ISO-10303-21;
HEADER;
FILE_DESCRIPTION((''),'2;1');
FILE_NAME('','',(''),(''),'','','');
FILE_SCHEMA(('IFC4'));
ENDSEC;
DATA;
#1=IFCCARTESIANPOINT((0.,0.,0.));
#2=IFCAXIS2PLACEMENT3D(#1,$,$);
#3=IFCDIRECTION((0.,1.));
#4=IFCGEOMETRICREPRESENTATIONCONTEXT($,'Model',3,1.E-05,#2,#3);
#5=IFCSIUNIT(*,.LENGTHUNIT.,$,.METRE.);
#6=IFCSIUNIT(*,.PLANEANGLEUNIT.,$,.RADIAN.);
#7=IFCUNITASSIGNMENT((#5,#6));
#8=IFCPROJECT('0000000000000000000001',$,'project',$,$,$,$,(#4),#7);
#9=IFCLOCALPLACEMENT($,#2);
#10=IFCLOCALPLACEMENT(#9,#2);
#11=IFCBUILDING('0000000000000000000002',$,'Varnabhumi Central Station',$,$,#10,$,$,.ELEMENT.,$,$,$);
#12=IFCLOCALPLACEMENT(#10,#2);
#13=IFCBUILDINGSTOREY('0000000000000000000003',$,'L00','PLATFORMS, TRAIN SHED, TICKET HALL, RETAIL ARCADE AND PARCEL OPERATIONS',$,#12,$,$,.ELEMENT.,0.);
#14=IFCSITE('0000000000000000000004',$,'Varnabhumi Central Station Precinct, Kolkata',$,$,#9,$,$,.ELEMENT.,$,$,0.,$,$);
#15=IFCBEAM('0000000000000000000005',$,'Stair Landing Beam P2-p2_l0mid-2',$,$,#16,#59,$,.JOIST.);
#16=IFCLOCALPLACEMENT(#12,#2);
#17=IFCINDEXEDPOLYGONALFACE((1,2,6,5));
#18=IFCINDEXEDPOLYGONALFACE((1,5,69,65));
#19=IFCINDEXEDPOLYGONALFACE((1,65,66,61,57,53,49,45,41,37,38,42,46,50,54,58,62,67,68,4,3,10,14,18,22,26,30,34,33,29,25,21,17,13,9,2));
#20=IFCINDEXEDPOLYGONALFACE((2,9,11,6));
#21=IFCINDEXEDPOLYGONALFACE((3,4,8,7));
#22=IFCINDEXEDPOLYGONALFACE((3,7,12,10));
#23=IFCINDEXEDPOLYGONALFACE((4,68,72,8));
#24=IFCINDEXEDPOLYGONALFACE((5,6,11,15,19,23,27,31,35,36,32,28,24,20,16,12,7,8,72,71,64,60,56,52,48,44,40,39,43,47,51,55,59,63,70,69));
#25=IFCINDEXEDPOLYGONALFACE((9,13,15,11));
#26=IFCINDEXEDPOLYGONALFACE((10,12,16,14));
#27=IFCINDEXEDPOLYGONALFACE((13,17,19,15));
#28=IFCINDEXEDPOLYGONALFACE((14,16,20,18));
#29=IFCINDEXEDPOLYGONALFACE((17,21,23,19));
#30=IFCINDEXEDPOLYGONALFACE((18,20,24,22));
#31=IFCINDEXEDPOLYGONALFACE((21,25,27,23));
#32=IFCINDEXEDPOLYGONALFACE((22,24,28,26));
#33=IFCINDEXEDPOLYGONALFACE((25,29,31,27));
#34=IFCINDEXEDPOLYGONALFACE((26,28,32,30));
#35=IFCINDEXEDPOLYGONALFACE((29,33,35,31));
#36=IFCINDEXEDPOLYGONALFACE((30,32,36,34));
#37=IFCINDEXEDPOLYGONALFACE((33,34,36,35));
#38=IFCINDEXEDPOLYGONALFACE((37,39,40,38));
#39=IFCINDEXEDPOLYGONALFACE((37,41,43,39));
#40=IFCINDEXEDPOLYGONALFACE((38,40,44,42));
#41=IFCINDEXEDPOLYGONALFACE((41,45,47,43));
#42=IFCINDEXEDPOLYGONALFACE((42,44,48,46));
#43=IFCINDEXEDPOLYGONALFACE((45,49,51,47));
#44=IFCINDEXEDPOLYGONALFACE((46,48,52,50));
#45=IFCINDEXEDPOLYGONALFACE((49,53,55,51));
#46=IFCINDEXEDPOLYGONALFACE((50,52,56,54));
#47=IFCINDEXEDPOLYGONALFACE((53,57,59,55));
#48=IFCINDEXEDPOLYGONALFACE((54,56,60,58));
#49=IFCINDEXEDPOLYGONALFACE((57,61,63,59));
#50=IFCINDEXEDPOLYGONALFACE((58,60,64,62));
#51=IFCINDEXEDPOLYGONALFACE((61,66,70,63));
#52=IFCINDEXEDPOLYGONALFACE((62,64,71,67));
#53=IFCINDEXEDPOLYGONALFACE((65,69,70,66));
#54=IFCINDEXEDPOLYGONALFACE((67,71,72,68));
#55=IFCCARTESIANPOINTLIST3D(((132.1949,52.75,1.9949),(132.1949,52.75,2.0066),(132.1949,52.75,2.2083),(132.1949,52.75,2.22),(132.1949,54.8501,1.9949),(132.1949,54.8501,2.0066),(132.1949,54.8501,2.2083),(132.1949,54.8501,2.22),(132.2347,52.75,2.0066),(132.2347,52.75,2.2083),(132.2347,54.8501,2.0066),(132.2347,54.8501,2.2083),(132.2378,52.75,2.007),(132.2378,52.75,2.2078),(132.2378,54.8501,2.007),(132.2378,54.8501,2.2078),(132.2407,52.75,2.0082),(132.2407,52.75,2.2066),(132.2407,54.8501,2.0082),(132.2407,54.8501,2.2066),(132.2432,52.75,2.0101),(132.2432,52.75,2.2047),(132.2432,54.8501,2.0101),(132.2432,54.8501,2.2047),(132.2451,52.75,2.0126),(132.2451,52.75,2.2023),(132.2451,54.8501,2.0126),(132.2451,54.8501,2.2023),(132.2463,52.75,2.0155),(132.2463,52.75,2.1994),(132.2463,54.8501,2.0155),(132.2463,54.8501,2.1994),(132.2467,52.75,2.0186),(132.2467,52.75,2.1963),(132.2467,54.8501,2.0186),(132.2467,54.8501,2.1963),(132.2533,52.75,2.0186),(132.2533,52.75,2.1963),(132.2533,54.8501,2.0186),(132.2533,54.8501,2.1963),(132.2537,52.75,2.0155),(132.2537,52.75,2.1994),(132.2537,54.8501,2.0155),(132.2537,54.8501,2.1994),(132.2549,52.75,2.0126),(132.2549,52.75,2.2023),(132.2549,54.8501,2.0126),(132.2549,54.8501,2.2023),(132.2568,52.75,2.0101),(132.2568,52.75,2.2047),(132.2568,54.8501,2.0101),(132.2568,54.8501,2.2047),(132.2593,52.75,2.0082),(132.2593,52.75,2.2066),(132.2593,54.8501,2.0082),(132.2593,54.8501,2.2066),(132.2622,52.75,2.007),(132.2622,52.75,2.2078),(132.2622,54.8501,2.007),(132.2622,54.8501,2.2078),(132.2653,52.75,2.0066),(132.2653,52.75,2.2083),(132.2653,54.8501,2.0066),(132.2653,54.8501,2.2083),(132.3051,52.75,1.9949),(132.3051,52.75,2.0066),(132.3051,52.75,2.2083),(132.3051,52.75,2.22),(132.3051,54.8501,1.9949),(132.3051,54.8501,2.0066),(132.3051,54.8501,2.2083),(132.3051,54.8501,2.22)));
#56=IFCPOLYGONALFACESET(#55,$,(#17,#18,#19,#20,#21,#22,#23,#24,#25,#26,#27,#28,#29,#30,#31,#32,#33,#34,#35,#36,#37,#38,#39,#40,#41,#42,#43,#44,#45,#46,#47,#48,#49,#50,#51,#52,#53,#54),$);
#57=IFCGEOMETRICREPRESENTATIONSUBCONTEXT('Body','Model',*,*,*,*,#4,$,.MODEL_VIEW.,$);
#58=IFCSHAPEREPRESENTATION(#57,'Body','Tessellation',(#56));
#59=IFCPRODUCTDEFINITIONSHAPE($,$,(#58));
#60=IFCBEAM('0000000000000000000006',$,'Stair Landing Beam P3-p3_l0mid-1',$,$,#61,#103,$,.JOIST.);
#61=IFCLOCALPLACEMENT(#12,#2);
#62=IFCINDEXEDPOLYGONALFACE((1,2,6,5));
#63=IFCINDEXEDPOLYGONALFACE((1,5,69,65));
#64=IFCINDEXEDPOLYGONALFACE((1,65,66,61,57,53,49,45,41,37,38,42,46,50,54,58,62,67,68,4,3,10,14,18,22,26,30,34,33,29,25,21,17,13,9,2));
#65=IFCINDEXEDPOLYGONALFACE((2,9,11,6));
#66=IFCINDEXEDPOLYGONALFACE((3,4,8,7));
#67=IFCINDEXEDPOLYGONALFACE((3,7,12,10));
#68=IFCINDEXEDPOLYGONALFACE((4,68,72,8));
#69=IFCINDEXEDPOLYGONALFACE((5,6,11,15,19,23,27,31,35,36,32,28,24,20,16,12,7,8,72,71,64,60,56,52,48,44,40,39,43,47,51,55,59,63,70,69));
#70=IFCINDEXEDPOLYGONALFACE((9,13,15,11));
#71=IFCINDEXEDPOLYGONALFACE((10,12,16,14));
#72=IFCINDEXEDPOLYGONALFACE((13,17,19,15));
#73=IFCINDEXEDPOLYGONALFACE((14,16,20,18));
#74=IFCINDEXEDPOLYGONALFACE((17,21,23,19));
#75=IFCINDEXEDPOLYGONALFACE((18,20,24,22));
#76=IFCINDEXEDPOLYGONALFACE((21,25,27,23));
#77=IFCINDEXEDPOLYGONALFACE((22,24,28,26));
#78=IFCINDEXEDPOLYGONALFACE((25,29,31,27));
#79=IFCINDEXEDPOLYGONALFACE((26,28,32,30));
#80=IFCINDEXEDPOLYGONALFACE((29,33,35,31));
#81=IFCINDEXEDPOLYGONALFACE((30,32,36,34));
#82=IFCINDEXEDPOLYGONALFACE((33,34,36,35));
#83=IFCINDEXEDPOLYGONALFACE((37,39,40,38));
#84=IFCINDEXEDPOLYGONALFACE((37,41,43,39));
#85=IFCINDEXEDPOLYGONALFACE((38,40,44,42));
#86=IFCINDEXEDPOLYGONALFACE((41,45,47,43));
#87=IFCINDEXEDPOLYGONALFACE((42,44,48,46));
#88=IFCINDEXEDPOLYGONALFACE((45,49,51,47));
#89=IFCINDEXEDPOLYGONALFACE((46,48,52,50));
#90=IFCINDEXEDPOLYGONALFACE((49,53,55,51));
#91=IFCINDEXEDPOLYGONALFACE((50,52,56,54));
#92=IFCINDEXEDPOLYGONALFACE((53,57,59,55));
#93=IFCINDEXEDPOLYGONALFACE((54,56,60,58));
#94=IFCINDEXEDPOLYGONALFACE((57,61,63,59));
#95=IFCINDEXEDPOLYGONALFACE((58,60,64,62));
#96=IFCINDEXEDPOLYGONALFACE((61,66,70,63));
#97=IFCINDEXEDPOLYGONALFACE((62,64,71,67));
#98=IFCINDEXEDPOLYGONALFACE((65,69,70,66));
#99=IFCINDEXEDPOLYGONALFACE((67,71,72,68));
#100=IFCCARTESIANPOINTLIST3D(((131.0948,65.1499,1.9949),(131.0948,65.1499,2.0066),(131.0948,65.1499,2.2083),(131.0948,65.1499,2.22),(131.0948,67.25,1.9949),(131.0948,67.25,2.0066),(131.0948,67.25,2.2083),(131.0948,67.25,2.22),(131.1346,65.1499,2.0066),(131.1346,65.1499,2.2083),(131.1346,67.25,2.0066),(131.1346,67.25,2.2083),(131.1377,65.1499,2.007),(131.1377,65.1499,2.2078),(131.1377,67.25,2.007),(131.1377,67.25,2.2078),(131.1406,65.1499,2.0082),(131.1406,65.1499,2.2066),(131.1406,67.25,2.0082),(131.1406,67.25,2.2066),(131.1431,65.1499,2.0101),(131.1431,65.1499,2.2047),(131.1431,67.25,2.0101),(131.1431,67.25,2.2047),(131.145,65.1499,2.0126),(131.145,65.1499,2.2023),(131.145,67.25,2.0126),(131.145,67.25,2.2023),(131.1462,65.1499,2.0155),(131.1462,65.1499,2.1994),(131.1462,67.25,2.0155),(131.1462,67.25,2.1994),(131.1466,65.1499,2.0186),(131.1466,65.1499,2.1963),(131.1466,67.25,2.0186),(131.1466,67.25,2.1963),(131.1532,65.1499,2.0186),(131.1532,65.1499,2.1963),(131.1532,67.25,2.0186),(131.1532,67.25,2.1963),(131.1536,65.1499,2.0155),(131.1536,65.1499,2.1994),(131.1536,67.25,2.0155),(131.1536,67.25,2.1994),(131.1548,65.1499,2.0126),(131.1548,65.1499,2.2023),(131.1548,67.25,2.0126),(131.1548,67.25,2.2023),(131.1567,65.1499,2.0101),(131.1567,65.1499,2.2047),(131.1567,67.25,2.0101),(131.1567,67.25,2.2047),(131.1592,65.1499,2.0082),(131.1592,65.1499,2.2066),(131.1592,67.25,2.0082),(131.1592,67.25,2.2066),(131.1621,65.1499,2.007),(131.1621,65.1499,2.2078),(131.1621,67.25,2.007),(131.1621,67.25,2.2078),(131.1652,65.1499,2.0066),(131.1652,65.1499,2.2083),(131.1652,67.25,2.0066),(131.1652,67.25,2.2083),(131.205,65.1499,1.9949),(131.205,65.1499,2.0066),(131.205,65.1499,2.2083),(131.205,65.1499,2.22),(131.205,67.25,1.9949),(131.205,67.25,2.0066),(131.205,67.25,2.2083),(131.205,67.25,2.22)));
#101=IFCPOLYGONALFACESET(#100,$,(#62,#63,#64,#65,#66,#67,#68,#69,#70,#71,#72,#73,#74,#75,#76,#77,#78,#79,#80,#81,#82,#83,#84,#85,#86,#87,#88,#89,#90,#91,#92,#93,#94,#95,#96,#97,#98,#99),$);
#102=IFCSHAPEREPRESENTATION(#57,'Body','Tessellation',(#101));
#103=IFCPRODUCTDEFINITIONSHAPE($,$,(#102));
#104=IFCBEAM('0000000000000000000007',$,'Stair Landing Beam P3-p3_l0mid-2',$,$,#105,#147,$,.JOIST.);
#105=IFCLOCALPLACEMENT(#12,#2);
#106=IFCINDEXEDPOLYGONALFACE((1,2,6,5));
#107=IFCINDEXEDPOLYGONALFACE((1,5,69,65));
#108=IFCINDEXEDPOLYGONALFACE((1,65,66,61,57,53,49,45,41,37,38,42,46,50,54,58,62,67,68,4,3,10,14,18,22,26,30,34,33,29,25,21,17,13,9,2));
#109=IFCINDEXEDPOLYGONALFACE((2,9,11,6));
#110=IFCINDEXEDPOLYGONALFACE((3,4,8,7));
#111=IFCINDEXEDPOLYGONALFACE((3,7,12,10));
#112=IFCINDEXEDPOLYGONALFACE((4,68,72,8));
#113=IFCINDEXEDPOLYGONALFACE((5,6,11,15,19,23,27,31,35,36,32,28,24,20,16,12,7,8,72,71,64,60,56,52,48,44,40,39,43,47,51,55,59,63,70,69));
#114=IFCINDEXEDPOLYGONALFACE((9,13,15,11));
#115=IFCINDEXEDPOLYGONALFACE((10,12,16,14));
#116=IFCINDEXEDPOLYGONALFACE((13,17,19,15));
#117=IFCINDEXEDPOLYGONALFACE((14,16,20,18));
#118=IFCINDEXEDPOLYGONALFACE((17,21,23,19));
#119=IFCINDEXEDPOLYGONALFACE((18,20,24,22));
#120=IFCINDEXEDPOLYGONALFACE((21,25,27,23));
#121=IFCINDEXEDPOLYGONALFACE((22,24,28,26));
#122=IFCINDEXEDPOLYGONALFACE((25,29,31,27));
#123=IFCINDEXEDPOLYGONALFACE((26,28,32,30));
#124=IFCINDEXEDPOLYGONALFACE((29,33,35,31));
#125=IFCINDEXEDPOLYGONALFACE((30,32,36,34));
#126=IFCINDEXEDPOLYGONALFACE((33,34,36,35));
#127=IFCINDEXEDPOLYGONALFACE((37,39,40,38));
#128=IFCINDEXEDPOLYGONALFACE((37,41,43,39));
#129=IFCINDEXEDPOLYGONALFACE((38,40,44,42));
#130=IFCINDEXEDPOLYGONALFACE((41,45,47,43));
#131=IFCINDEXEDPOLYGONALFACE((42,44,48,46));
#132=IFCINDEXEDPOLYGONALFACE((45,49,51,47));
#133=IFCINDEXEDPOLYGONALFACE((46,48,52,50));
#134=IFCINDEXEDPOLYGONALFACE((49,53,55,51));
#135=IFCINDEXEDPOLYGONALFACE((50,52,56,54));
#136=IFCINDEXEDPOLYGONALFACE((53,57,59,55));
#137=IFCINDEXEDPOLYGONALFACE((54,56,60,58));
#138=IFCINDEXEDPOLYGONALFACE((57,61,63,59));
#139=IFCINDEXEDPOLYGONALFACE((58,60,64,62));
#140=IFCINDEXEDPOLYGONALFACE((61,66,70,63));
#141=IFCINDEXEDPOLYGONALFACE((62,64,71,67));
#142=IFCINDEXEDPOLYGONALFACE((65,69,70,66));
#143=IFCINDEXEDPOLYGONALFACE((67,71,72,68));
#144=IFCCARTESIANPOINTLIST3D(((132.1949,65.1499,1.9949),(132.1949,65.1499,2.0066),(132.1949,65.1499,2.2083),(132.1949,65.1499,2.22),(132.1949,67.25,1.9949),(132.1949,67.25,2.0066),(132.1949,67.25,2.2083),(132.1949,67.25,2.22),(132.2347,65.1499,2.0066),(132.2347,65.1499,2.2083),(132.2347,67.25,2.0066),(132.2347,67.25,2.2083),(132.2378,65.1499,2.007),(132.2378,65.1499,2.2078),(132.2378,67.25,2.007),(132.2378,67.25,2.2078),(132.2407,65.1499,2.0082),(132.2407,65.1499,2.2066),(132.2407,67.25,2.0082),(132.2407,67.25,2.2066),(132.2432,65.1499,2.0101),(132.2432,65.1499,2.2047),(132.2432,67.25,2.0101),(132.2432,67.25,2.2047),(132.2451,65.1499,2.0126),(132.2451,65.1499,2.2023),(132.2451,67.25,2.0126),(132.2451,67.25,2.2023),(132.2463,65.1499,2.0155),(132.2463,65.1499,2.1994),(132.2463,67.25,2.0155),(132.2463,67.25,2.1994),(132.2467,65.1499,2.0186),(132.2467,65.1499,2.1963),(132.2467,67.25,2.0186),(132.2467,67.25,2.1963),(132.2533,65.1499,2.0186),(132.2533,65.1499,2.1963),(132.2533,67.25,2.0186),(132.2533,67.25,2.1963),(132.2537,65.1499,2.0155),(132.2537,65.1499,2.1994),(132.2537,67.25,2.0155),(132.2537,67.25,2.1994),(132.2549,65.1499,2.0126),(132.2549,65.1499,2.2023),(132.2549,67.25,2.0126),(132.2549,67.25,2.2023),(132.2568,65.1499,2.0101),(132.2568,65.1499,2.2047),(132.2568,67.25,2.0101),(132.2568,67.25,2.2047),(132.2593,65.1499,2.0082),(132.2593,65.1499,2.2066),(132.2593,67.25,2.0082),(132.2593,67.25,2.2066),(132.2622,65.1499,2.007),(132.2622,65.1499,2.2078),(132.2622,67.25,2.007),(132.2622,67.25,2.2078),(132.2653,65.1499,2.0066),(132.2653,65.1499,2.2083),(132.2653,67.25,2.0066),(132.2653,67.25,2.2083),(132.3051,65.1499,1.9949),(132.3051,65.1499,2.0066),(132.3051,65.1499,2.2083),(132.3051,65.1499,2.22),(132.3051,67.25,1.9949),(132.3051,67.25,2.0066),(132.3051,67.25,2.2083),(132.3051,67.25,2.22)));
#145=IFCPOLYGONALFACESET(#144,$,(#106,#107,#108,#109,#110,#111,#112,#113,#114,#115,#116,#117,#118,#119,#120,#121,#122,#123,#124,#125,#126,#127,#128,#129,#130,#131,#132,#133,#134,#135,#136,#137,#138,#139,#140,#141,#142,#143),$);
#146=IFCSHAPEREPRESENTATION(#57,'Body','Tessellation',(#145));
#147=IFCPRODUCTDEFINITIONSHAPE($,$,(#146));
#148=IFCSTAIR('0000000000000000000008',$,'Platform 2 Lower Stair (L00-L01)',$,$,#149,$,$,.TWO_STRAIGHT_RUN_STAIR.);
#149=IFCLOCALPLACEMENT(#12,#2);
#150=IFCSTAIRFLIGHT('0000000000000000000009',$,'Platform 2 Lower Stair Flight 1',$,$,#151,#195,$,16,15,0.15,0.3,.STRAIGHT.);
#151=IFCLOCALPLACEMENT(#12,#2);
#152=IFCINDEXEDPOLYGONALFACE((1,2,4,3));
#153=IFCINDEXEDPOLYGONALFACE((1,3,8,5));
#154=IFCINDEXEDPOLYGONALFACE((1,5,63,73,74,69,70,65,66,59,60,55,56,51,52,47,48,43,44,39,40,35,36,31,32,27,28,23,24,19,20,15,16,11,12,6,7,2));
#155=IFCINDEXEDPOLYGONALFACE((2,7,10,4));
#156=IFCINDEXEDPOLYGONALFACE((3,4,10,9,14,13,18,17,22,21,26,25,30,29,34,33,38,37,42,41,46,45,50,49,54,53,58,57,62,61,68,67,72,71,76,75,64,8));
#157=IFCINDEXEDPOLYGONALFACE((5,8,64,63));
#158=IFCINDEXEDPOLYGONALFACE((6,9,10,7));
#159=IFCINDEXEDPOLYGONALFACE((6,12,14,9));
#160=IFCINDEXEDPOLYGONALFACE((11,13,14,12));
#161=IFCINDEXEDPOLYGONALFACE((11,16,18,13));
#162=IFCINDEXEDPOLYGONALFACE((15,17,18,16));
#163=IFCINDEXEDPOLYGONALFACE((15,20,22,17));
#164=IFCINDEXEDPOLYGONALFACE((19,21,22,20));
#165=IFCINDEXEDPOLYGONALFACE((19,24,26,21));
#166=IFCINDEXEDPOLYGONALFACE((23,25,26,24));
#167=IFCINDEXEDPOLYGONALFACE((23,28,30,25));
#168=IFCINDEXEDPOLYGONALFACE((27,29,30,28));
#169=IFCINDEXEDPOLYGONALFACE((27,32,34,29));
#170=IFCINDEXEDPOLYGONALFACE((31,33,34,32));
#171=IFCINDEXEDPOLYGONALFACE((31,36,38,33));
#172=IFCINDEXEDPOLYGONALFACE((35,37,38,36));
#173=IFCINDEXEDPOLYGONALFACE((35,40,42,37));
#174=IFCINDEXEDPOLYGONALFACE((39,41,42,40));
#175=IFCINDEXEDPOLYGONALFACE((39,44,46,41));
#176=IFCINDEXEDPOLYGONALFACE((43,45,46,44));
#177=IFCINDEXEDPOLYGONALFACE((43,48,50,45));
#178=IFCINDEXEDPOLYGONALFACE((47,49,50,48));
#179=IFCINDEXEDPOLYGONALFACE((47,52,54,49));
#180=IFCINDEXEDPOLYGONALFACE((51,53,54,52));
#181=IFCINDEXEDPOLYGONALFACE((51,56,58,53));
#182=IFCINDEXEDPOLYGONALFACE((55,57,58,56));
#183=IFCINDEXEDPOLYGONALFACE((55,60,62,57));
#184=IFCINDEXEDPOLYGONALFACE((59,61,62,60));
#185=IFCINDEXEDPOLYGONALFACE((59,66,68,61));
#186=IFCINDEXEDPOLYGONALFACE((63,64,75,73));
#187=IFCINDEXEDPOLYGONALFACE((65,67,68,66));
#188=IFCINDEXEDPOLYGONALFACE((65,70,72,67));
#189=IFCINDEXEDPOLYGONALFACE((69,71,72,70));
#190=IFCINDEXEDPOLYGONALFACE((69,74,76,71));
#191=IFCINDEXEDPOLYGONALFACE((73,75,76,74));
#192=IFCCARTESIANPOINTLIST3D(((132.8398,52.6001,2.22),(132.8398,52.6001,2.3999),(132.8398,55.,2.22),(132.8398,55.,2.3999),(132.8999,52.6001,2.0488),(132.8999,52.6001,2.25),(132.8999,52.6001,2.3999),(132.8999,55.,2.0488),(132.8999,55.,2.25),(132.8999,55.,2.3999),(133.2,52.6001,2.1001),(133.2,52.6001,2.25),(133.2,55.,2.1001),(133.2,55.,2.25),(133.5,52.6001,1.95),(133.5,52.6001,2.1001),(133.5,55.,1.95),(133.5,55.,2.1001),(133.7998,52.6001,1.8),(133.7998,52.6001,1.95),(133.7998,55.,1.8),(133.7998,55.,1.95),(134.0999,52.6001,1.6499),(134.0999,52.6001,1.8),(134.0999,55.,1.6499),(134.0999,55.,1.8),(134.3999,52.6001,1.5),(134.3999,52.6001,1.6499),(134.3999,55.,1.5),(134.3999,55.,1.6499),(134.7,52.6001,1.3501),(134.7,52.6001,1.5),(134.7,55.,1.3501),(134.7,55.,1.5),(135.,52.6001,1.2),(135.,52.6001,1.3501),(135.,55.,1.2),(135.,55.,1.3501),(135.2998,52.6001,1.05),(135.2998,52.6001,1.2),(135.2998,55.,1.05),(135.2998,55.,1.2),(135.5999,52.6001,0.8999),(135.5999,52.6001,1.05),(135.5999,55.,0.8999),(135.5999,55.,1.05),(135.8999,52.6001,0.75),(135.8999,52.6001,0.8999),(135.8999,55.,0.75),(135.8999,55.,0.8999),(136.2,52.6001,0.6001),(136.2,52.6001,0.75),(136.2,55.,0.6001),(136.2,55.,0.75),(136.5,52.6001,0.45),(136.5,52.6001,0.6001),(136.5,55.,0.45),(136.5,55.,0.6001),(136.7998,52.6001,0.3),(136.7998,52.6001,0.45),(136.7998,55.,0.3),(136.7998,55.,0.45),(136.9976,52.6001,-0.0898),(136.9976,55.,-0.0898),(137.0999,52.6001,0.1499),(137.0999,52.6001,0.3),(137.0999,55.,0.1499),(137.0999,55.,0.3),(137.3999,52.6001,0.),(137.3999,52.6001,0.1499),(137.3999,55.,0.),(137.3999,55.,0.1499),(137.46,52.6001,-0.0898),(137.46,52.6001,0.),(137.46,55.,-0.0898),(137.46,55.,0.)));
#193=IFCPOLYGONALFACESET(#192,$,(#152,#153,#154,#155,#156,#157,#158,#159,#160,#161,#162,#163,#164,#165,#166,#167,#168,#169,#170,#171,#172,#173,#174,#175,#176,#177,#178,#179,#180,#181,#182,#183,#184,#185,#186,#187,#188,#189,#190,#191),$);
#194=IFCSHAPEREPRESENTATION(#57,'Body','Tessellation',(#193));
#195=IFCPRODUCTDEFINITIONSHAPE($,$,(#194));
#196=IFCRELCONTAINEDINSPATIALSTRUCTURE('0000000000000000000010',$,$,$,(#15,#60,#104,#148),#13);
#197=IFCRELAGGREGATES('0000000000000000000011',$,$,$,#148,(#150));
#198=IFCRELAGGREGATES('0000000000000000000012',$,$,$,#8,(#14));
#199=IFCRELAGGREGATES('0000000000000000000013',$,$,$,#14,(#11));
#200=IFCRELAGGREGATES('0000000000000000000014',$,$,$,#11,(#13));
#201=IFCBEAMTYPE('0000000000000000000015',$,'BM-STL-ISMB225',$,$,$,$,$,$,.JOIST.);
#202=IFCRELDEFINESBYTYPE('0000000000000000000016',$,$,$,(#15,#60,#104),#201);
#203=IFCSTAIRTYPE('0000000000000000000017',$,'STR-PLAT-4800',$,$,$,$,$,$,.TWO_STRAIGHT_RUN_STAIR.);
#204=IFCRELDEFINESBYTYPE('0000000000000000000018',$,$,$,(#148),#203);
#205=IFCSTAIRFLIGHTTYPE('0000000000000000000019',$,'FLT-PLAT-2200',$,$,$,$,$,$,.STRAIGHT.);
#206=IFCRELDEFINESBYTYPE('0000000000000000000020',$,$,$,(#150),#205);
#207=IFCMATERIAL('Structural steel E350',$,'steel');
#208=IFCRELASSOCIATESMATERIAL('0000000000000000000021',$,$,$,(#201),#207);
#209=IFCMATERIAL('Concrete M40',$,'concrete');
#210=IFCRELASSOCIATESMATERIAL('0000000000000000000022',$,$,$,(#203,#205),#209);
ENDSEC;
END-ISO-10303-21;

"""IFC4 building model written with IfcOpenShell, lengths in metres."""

from ifc_helpers import new_model, si_unit, direction, frame, origin, origin_2d, place, context, subcontext, project, spatial, polyline, i_section, outline, extrude, material, material_profile, profile_set, type_object, element, aggregate, save


model = new_model("IFC4")

# Units and contexts
model_context = context("Model", 3, precision=1e-05, world=origin(), true_north=direction((0.0, 1.0)))
body_context = subcontext(model_context, "Body", "Model", "MODEL_VIEW")
ifc_project = project(units=[si_unit("LENGTHUNIT", "METRE"), si_unit("PLANEANGLEUNIT", "RADIAN")], contexts=[model_context])

# Site, building, storey
site_placement = place(None, origin())
site = spatial("IfcSite", under=ifc_project, at=site_placement, Name="Varnabhumi Central Station Precinct, Kolkata", CompositionType="ELEMENT", RefElevation=0.0)
building_placement = place(site_placement, origin())
building = spatial("IfcBuilding", under=site, at=building_placement, Name="Varnabhumi Central Station", CompositionType="ELEMENT")
storey_placement = place(building_placement, origin())
storey = spatial("IfcBuildingStorey", under=building, at=storey_placement, Name="L00", Description="PLATFORMS, TRAIN SHED, TICKET HALL, RETAIL ARCADE AND PARCEL OPERATIONS", CompositionType="ELEMENT", Elevation=0.0)

# Shared definitions
ifc_material_1 = material(Name="Concrete M40", Category="concrete")

# Shared definitions
ifc_material_2 = material(Name="Structural steel E350", Category="steel")

# Beams
ifc_material_profile_1 = material_profile(ifc_material_2, i_section(OverallWidth=0.1101, OverallDepth=0.2251, WebThickness=0.0066, FlangeThickness=0.0117, FilletRadius=0.012, at=origin_2d()), Name="Structural steel E350", Category="steel")
ifc_profile_set_1 = profile_set([ifc_material_profile_1], Name="Structural steel E350")
beam_type = type_object("IfcBeamType", Name="BM-STL-ISMB225", PredefinedType="JOIST", material=ifc_profile_set_1)
for number, where, z_axis, x_axis, name in (
    (1, (132.25, 52.75, 2.1074), (0.0, 1.0, 0.0), (-1.0, 0.0, 0.0), "Stair Landing Beam P2-p2_l0mid-2"),
    (2, (131.1499, 65.1499, 2.1074), (0.0, 1.0, 0.0), (-1.0, 0.0, 0.0), "Stair Landing Beam P3-p3_l0mid-1"),
    (3, (132.25, 65.1499, 2.1074), (0.0, 1.0, 0.0), (-1.0, 0.0, 0.0), "Stair Landing Beam P3-p3_l0mid-2"),
):
    element("IfcBeam", number, at=place(storey_placement, frame(where, z_axis=z_axis, x_axis=x_axis)), inside=storey, type_object=beam_type, Name=name, PredefinedType="JOIST", context=body_context, shape_type="SweptSolid", body=[
        extrude(i_section(OverallWidth=0.1101, OverallDepth=0.2251, WebThickness=0.0066, FlangeThickness=0.0117, FilletRadius=0.012, at=origin_2d()), origin(), (0.0, 0.0, 1.0), 2.1001),
    ])

# Stair, stair flight
stair_type = type_object("IfcStairType", Name="STR-PLAT-4800", PredefinedType="TWO_STRAIGHT_RUN_STAIR", material=ifc_material_1)
stair_1_placement = place(storey_placement, origin())
stair_1 = element("IfcStair", 4, at=stair_1_placement, inside=storey, type_object=stair_type, Name="Platform 2 Lower Stair (L00-L01)", PredefinedType="TWO_STRAIGHT_RUN_STAIR")
stair_flight_type = type_object("IfcStairFlightType", Name="FLT-PLAT-2200", PredefinedType="STRAIGHT", material=ifc_material_1)
stair_flight_1_placement = place(storey_placement, frame((137.3999, 53.8, 0.0), z_axis=(0.0, 0.0, 1.0), x_axis=(-1.0, 0.0, 0.0)))
stair_flight_1 = element("IfcStairFlight", 5, at=stair_flight_1_placement, type_object=stair_flight_type, Name="Platform 2 Lower Stair Flight 1", NumberOfRisers=16, NumberOfTreads=15, PredefinedType="STRAIGHT", RiserHeight=0.15, TreadLength=0.3, context=body_context, shape_type="SweptSolid", body=[
    extrude(outline(polyline([(-0.0601, -0.0898), (-0.0601, 0.0), (0.0, 0.0), (0.0, 0.1499), (0.3, 0.1499), (0.3, 0.3), (0.6001, 0.3), (0.6001, 0.45), (0.8999, 0.45), (0.8999, 0.6001), (1.2, 0.6001), (1.2, 0.75), (1.5, 0.75), (1.5, 0.8999), (1.8, 0.8999), (1.8, 1.05), (2.1001, 1.05), (2.1001, 1.2), (2.3999, 1.2), (2.3999, 1.3501), (2.7, 1.3501), (2.7, 1.5), (3.0, 1.5), (3.0, 1.6499), (3.3, 1.6499), (3.3, 1.8), (3.6001, 1.8), (3.6001, 1.95), (3.8999, 1.95), (3.8999, 2.1001), (4.2, 2.1001), (4.2, 2.25), (4.5, 2.25), (4.5, 2.3999), (4.5601, 2.3999), (4.5601, 2.22), (4.5, 2.0488), (0.4023, -0.0898), (-0.0601, -0.0898)])), frame((0.0, 1.2, 0.0), z_axis=(0.0, -1.0, 0.0), x_axis=(1.0, 0.0, 0.0)), (0.0, 0.0, 1.0), 2.3999),
])
aggregate(stair_1, [stair_flight_1])

save(model, "model.ifc")
